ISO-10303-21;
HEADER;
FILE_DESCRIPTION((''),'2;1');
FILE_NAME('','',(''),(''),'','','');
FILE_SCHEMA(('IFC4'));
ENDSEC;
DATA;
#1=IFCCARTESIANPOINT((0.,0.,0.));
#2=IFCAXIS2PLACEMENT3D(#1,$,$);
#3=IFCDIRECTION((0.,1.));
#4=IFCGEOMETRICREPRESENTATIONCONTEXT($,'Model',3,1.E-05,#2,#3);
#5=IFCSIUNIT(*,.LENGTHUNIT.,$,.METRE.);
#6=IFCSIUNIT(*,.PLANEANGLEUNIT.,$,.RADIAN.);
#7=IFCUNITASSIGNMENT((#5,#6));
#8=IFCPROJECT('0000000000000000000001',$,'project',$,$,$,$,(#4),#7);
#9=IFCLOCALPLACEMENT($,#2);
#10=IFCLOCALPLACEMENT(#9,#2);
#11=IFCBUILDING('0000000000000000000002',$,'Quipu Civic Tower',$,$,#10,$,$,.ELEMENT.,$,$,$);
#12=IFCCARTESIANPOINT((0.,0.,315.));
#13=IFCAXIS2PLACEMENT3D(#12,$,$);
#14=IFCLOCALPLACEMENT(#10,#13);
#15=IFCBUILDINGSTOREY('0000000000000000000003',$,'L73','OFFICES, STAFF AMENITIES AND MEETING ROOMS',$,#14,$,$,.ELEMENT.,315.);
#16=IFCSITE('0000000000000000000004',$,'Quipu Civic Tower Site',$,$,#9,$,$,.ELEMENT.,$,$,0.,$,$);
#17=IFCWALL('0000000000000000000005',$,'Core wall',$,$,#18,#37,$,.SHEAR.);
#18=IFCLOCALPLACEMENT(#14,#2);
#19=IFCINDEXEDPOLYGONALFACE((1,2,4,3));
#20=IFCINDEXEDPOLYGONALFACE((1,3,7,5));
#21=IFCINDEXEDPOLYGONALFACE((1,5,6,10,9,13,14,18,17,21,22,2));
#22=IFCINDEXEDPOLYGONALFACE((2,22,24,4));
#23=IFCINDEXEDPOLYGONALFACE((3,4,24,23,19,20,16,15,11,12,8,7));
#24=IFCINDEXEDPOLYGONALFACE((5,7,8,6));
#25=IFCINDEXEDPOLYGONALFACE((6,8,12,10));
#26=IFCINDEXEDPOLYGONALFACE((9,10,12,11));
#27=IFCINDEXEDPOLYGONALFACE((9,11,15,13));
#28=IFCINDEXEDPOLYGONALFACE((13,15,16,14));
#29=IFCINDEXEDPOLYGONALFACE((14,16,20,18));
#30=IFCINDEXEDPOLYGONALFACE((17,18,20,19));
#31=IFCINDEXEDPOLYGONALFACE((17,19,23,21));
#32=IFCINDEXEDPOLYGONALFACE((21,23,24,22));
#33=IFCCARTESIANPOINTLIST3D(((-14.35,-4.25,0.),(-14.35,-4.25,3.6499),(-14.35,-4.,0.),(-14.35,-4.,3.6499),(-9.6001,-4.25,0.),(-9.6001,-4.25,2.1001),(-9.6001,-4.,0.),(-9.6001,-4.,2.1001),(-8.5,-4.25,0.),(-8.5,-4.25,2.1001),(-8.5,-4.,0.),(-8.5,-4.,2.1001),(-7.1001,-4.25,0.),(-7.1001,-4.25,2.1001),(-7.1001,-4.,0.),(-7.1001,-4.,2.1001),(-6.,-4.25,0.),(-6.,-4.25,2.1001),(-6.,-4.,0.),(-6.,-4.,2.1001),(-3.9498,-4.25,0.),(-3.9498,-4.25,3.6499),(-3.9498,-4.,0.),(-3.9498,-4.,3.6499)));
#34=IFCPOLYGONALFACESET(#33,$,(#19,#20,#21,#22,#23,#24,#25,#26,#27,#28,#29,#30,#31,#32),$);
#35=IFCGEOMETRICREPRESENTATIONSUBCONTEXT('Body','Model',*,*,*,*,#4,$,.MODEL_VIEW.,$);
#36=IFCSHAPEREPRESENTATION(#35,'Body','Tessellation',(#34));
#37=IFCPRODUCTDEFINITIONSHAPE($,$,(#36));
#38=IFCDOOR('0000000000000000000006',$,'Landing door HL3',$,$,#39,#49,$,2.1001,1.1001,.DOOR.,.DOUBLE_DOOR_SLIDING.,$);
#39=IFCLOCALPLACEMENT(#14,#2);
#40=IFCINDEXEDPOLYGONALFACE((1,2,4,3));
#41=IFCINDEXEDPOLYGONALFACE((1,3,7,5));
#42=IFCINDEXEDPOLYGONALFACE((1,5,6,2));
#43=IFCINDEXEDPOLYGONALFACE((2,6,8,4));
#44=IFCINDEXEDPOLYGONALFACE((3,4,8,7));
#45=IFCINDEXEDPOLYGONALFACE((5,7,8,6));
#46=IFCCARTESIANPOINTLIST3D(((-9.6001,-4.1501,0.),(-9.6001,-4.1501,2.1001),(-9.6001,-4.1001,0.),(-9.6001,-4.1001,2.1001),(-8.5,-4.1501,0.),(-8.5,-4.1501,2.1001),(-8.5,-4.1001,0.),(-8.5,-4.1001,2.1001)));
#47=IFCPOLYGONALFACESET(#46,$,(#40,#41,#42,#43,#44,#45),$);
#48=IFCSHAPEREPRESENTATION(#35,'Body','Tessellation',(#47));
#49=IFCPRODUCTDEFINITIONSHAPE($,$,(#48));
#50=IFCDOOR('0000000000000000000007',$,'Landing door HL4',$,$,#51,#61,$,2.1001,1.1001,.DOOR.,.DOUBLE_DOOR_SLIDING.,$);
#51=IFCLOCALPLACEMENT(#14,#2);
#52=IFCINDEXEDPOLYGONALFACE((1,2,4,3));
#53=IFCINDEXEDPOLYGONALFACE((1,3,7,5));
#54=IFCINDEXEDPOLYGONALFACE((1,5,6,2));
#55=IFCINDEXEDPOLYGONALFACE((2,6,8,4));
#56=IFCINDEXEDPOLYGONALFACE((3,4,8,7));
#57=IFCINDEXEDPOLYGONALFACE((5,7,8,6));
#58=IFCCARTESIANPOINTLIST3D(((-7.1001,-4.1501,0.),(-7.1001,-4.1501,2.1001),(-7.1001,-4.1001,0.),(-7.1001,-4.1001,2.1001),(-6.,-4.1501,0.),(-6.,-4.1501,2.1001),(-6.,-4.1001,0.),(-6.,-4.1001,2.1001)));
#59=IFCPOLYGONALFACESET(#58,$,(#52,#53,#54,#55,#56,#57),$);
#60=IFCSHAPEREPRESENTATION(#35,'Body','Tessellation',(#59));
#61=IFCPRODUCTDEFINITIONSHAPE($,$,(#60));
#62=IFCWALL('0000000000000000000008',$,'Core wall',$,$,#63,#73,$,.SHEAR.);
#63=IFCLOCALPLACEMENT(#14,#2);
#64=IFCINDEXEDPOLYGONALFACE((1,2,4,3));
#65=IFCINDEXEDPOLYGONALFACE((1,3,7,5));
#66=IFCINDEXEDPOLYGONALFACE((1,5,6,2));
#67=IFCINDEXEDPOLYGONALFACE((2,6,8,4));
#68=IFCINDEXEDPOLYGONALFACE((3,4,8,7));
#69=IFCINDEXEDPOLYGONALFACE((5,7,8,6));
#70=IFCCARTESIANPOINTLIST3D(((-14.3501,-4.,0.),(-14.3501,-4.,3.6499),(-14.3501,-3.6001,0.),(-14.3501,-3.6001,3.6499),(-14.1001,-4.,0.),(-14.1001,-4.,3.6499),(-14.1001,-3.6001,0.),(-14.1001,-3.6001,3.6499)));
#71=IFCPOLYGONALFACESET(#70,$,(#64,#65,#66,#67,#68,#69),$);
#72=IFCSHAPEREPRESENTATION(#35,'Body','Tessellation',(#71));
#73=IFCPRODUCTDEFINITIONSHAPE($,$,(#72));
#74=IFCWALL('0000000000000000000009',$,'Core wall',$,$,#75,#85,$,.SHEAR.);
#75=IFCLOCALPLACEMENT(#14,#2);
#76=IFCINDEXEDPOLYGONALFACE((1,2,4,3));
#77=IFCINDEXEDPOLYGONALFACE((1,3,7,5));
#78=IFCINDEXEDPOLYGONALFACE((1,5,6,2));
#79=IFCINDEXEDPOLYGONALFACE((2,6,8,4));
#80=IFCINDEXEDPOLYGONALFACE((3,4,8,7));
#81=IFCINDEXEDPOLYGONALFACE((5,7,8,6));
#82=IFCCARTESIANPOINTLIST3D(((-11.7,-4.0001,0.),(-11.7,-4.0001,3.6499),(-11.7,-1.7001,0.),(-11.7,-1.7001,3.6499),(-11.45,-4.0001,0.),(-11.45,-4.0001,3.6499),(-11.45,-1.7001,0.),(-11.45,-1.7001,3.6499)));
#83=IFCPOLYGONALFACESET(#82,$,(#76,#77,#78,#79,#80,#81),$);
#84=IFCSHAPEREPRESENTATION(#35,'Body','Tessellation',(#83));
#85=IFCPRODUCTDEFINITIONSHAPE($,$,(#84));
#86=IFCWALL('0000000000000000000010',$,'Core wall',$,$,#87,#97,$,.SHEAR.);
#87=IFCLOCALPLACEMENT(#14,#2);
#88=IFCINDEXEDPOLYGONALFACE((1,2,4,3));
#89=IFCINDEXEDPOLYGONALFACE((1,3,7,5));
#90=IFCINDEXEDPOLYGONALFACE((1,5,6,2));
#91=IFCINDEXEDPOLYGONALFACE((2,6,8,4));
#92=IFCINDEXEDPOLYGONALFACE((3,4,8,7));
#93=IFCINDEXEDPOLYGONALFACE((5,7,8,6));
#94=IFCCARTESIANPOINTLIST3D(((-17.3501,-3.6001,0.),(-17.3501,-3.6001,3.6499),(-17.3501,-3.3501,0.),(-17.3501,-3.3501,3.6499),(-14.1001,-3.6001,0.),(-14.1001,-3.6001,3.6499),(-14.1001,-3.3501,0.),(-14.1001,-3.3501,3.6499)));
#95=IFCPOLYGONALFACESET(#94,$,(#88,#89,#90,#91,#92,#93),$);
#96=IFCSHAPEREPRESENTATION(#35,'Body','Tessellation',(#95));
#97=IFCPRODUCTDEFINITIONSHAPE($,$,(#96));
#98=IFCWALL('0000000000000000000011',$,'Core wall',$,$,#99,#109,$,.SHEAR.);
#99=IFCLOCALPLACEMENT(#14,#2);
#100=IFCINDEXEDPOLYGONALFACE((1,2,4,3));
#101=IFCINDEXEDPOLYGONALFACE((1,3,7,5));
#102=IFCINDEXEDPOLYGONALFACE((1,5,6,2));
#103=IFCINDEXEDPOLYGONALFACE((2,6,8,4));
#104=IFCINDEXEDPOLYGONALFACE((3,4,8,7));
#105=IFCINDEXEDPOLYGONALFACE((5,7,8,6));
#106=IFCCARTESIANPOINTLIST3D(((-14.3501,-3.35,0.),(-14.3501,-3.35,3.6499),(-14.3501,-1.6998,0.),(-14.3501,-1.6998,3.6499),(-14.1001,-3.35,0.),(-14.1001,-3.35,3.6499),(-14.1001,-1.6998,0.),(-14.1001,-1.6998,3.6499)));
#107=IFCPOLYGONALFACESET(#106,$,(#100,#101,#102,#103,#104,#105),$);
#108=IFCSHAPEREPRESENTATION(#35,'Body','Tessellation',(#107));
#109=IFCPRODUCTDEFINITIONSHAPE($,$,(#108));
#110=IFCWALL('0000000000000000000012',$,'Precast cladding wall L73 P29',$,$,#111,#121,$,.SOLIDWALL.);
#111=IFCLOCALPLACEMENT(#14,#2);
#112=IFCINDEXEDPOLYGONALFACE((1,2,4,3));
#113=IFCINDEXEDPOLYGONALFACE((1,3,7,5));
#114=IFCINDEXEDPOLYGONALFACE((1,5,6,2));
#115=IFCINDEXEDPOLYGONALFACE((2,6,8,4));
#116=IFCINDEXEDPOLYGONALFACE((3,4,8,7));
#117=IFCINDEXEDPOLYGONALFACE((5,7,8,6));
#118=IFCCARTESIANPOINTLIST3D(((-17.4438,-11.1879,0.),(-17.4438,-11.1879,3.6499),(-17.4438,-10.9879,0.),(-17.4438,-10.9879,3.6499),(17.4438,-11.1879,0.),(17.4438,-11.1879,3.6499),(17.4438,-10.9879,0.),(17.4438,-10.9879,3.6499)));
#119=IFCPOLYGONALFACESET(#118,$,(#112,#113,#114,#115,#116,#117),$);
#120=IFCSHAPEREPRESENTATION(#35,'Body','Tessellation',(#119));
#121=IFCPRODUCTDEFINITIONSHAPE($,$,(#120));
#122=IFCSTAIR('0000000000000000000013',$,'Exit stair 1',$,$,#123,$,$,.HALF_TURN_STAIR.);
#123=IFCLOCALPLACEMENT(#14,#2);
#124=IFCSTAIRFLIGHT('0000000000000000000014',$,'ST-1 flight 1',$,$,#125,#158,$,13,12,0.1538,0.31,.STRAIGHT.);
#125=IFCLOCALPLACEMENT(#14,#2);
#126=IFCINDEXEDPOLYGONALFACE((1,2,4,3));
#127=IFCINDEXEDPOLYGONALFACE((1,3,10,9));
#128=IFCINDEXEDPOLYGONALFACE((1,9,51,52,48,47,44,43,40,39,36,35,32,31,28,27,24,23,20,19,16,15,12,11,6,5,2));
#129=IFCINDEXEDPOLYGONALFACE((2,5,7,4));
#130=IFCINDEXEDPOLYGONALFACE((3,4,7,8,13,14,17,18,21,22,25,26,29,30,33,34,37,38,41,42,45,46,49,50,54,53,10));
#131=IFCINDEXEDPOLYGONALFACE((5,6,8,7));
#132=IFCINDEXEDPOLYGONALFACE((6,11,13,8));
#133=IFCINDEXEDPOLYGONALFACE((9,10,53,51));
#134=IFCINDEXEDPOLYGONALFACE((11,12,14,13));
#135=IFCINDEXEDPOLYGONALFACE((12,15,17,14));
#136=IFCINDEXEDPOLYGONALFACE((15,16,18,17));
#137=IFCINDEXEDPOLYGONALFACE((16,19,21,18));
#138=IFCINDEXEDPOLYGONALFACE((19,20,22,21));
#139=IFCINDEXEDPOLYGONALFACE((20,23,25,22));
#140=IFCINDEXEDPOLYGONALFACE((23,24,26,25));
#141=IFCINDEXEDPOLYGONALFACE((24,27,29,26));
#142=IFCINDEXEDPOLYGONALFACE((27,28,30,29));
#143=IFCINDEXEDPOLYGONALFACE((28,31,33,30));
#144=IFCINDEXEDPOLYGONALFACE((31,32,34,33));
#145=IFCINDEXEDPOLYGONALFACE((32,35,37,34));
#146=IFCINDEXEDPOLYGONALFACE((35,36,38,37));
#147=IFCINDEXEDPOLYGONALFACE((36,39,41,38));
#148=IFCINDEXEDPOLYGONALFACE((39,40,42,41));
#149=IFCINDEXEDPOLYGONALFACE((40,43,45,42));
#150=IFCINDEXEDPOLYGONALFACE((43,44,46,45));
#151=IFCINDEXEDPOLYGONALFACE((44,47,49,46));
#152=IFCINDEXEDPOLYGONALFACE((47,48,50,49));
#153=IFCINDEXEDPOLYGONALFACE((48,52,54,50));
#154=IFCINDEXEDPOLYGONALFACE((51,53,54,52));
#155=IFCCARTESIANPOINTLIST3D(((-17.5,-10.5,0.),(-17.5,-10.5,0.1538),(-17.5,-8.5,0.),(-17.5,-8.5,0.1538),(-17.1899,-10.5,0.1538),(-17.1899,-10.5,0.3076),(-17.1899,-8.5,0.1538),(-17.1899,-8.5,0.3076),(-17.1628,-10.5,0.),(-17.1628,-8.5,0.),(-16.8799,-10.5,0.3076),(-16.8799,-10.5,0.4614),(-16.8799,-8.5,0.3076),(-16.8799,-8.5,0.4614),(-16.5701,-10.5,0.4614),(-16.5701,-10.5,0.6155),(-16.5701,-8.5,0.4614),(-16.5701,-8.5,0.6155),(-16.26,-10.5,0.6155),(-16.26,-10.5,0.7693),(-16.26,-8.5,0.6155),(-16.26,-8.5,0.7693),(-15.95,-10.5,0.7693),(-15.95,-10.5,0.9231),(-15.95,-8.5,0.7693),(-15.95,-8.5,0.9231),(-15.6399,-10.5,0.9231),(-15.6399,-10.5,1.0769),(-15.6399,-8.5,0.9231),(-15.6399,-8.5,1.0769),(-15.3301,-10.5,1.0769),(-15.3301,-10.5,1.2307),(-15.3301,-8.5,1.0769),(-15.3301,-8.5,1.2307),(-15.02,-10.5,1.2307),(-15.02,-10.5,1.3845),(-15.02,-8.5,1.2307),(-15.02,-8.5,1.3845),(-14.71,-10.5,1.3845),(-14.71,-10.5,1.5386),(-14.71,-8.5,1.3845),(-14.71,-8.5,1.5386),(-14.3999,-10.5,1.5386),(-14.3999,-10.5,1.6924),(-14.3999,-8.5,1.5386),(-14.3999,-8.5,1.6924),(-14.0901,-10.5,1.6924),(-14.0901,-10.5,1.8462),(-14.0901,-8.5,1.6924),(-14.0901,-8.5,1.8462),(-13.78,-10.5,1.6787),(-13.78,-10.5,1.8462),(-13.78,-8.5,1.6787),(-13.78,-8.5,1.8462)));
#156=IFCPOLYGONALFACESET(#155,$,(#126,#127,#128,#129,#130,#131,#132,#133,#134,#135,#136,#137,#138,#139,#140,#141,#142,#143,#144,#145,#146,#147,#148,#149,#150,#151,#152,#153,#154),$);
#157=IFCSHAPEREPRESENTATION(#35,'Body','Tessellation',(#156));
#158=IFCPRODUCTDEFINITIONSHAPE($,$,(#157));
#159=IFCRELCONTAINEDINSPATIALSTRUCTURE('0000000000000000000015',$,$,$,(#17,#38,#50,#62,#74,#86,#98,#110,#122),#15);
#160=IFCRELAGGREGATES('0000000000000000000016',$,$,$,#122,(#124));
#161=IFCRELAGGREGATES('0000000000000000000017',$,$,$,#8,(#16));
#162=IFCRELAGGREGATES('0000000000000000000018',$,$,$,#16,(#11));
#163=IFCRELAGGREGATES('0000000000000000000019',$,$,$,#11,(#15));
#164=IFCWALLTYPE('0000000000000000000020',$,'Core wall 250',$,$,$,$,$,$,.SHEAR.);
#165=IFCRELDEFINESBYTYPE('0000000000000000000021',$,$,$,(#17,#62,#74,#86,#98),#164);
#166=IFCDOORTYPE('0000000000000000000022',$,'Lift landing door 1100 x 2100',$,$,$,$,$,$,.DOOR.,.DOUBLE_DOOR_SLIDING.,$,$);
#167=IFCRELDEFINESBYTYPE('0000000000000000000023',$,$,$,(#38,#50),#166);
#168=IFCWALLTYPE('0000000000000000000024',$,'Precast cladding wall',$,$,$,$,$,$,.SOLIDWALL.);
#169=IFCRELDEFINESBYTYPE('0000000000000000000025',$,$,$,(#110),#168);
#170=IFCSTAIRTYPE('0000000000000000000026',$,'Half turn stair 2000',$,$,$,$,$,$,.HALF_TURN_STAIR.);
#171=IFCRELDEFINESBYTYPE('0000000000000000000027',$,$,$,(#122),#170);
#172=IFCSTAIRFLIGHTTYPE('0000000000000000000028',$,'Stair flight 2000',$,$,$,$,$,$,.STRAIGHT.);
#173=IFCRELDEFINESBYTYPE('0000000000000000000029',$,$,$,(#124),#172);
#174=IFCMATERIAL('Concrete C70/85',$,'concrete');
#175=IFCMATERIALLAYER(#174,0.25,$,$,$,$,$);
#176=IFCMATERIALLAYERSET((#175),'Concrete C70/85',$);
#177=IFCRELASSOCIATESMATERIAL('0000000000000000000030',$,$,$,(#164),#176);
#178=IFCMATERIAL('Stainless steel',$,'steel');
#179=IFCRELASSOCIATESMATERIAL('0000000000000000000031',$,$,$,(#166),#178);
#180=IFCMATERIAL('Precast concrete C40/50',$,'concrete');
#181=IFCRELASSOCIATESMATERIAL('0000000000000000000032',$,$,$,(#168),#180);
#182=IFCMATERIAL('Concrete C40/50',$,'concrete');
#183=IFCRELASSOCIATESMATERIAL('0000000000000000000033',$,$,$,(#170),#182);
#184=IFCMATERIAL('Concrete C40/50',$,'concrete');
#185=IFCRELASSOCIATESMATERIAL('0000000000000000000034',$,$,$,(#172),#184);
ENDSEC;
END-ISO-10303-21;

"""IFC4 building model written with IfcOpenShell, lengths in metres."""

from ifc_helpers import new_model, si_unit, direction, frame, frame_2d, origin, place, context, subcontext, project, spatial, polyline, rectangle, outline, extrude, material, layer, layer_set, type_object, element, fill, aggregate, save


model = new_model("IFC4")

# Units and contexts
model_context = context("Model", 3, precision=1e-05, world=origin(), true_north=direction((0.0, 1.0)))
body_context = subcontext(model_context, "Body", "Model", "MODEL_VIEW")
ifc_project = project(units=[si_unit("LENGTHUNIT", "METRE"), si_unit("PLANEANGLEUNIT", "RADIAN")], contexts=[model_context])

# Site, building, storey
site_placement = place(None, origin())
site = spatial("IfcSite", under=ifc_project, at=site_placement, Name="Quipu Civic Tower Site", CompositionType="ELEMENT", RefElevation=0.0)
building_placement = place(site_placement, origin())
building = spatial("IfcBuilding", under=site, at=building_placement, Name="Quipu Civic Tower", CompositionType="ELEMENT")
storey_placement = place(building_placement, frame((0.0, 0.0, 315.0)))
storey = spatial("IfcBuildingStorey", under=building, at=storey_placement, Name="L73", Description="OFFICES, STAFF AMENITIES AND MEETING ROOMS", CompositionType="ELEMENT", Elevation=315.0)

# Shared definitions
ifc_material_1 = material(Name="Concrete C70/85", Category="concrete")
ifc_layer = layer(ifc_material_1, 0.25)
ifc_layer_set = layer_set([ifc_layer], Name="Concrete C70/85")
wall_type_1 = type_object("IfcWallType", Name="Core wall 250", PredefinedType="SHEAR", material=ifc_layer_set)

# Wall, openings, doors
wall_1_placement = place(storey_placement, frame((-14.3501, -4.125, 0.0), z_axis=(0.0, 0.0, 1.0), x_axis=(1.0, 0.0, 0.0)))
wall_1 = element("IfcWall", 1, at=wall_1_placement, inside=storey, type_object=wall_type_1, Name="Core wall", PredefinedType="SHEAR", context=body_context, shape_type="SweptSolid", body=[
    extrude(rectangle(XDim=10.4001, YDim=0.25, at=frame_2d((5.2002, 0.0))), origin(), (0.0, 0.0, 1.0), 3.6499),
])
opening_1_placement = place(wall_1_placement, frame((4.75, 0.0, 0.0)))
opening_1 = element("IfcOpeningElement", 2, at=opening_1_placement, cuts=wall_1, PredefinedType="OPENING", context=body_context, shape_type="SweptSolid", body=[
    extrude(rectangle(XDim=1.1001, YDim=2.1001, at=frame_2d((0.55, 1.05))), frame((0.0, 0.135, 0.0), z_axis=(0.0, -1.0, 0.0), x_axis=(1.0, 0.0, 0.0)), (0.0, 0.0, 1.0), 0.27),
])
opening_2_placement = place(wall_1_placement, frame((7.25, 0.0, 0.0)))
opening_2 = element("IfcOpeningElement", 3, at=opening_2_placement, cuts=wall_1, PredefinedType="OPENING", context=body_context, shape_type="SweptSolid", body=[
    extrude(rectangle(XDim=1.1001, YDim=2.1001, at=frame_2d((0.55, 1.05))), frame((0.0, 0.135, 0.0), z_axis=(0.0, -1.0, 0.0), x_axis=(1.0, 0.0, 0.0)), (0.0, 0.0, 1.0), 0.27),
])
ifc_material_2 = material(Name="Stainless steel", Category="steel")
door_type_1 = type_object("IfcDoorType", Name="Lift landing door 1100 x 2100", OperationType="DOUBLE_DOOR_SLIDING", PredefinedType="DOOR", material=ifc_material_2)
door_1_placement = place(opening_1_placement, origin())
door_1 = element("IfcDoor", 4, at=door_1_placement, inside=storey, type_object=door_type_1, Name="Landing door HL3", OperationType="DOUBLE_DOOR_SLIDING", OverallHeight=2.1001, OverallWidth=1.1001, PredefinedType="DOOR", context=body_context, shape_type="SweptSolid", body=[
    extrude(rectangle(XDim=1.1001, YDim=2.1001, at=frame_2d((0.55, 1.05))), frame((0.0, 0.0249, 0.0), z_axis=(0.0, -1.0, 0.0), x_axis=(1.0, 0.0, 0.0)), (0.0, 0.0, 1.0), 0.05),
])
fill(opening_1, door_1)
door_2_placement = place(opening_2_placement, origin())
door_2 = element("IfcDoor", 5, at=door_2_placement, inside=storey, type_object=door_type_1, Name="Landing door HL4", OperationType="DOUBLE_DOOR_SLIDING", OverallHeight=2.1001, OverallWidth=1.1001, PredefinedType="DOOR", context=body_context, shape_type="SweptSolid", body=[
    extrude(rectangle(XDim=1.1001, YDim=2.1001, at=frame_2d((0.55, 1.05))), frame((0.0, 0.0249, 0.0), z_axis=(0.0, -1.0, 0.0), x_axis=(1.0, 0.0, 0.0)), (0.0, 0.0, 1.0), 0.05),
])
fill(opening_2, door_2)

# Walls
wall_2_placement = place(storey_placement, frame((-14.2251, -4.0, 0.0), z_axis=(0.0, 0.0, 1.0), x_axis=(0.0, 1.0, 0.0)))
element("IfcWall", 6, at=wall_2_placement, inside=storey, type_object=wall_type_1, Name="Core wall", PredefinedType="SHEAR", context=body_context, shape_type="SweptSolid", body=[
    extrude(rectangle(XDim=0.3999, YDim=0.25, at=frame_2d((0.2, 0.0))), origin(), (0.0, 0.0, 1.0), 3.6499),
])
wall_3_placement = place(storey_placement, frame((-11.575, -4.0, 0.0), z_axis=(0.0, 0.0, 1.0), x_axis=(0.0, 1.0, 0.0)))
element("IfcWall", 7, at=wall_3_placement, inside=storey, type_object=wall_type_1, Name="Core wall", PredefinedType="SHEAR", context=body_context, shape_type="SweptSolid", body=[
    extrude(rectangle(XDim=2.3, YDim=0.25, at=frame_2d((1.1499, 0.0))), origin(), (0.0, 0.0, 1.0), 3.6499),
])
wall_4_placement = place(storey_placement, frame((-17.3501, -3.4751, 0.0), z_axis=(0.0, 0.0, 1.0), x_axis=(1.0, 0.0, 0.0)))
element("IfcWall", 8, at=wall_4_placement, inside=storey, type_object=wall_type_1, Name="Core wall", PredefinedType="SHEAR", context=body_context, shape_type="SweptSolid", body=[
    extrude(rectangle(XDim=3.25, YDim=0.25, at=frame_2d((1.625, 0.0))), origin(), (0.0, 0.0, 1.0), 3.6499),
])
wall_5_placement = place(storey_placement, frame((-14.2251, -3.3501, 0.0), z_axis=(0.0, 0.0, 1.0), x_axis=(0.0, 1.0, 0.0)))
element("IfcWall", 9, at=wall_5_placement, inside=storey, type_object=wall_type_1, Name="Core wall", PredefinedType="SHEAR", context=body_context, shape_type="SweptSolid", body=[
    extrude(rectangle(XDim=1.6501, YDim=0.25, at=frame_2d((0.8252, 0.0))), origin(), (0.0, 0.0, 1.0), 3.6499),
])
ifc_material_3 = material(Name="Precast concrete C40/50", Category="concrete")
wall_type_2 = type_object("IfcWallType", Name="Precast cladding wall", PredefinedType="SOLIDWALL", material=ifc_material_3)
wall_6_placement = place(storey_placement, frame((-17.4438, -11.0879, 0.0), z_axis=(0.0, 0.0, 1.0), x_axis=(1.0, 0.0, 0.0)))
element("IfcWall", 10, at=wall_6_placement, inside=storey, type_object=wall_type_2, Name="Precast cladding wall L73 P29", PredefinedType="SOLIDWALL", context=body_context, shape_type="SweptSolid", body=[
    extrude(rectangle(XDim=34.8877, YDim=0.2, at=frame_2d((17.4438, 0.0))), origin(), (0.0, 0.0, 1.0), 3.6499),
])

# Stair, stair flight
ifc_material_4 = material(Name="Concrete C40/50", Category="concrete")
stair_type = type_object("IfcStairType", Name="Half turn stair 2000", PredefinedType="HALF_TURN_STAIR", material=ifc_material_4)
stair_placement = place(storey_placement, origin())
stair = element("IfcStair", 11, at=stair_placement, inside=storey, type_object=stair_type, Name="Exit stair 1", PredefinedType="HALF_TURN_STAIR")
ifc_material_5 = material(Name="Concrete C40/50", Category="concrete")
stair_flight_type = type_object("IfcStairFlightType", Name="Stair flight 2000", PredefinedType="STRAIGHT", material=ifc_material_5)
stair_flight_1_placement = place(storey_placement, frame((-17.5, -9.5, 0.0), z_axis=(0.0, 0.0, 1.0), x_axis=(1.0, 0.0, 0.0)))
stair_flight_1 = element("IfcStairFlight", 12, at=stair_flight_1_placement, type_object=stair_flight_type, Name="ST-1 flight 1", NumberOfRisers=13, NumberOfTreads=12, PredefinedType="STRAIGHT", RiserHeight=0.1538, TreadLength=0.31, context=body_context, shape_type="SweptSolid", body=[
    extrude(outline(polyline([(0.0, 0.0), (0.0, 0.1538), (0.3101, 0.1538), (0.3101, 0.3076), (0.6201, 0.3076), (0.6201, 0.4614), (0.9299, 0.4614), (0.9299, 0.6155), (1.24, 0.6155), (1.24, 0.7693), (1.55, 0.7693), (1.55, 0.9231), (1.8601, 0.9231), (1.8601, 1.0769), (2.1699, 1.0769), (2.1699, 1.2307), (2.48, 1.2307), (2.48, 1.3845), (2.79, 1.3845), (2.79, 1.5386), (3.1001, 1.5386), (3.1001, 1.6924), (3.4099, 1.6924), (3.4099, 1.8462), (3.72, 1.8462), (3.72, 2.0), (3.72, 1.6787), (0.3372, 0.0), (0.0, 0.0)])), frame((0.0, 1.0, 0.0), z_axis=(0.0, -1.0, 0.0), x_axis=(1.0, 0.0, 0.0)), (0.0, 0.0, 1.0), 2.0),
])
aggregate(stair, [stair_flight_1])

save(model, "model.ifc")
